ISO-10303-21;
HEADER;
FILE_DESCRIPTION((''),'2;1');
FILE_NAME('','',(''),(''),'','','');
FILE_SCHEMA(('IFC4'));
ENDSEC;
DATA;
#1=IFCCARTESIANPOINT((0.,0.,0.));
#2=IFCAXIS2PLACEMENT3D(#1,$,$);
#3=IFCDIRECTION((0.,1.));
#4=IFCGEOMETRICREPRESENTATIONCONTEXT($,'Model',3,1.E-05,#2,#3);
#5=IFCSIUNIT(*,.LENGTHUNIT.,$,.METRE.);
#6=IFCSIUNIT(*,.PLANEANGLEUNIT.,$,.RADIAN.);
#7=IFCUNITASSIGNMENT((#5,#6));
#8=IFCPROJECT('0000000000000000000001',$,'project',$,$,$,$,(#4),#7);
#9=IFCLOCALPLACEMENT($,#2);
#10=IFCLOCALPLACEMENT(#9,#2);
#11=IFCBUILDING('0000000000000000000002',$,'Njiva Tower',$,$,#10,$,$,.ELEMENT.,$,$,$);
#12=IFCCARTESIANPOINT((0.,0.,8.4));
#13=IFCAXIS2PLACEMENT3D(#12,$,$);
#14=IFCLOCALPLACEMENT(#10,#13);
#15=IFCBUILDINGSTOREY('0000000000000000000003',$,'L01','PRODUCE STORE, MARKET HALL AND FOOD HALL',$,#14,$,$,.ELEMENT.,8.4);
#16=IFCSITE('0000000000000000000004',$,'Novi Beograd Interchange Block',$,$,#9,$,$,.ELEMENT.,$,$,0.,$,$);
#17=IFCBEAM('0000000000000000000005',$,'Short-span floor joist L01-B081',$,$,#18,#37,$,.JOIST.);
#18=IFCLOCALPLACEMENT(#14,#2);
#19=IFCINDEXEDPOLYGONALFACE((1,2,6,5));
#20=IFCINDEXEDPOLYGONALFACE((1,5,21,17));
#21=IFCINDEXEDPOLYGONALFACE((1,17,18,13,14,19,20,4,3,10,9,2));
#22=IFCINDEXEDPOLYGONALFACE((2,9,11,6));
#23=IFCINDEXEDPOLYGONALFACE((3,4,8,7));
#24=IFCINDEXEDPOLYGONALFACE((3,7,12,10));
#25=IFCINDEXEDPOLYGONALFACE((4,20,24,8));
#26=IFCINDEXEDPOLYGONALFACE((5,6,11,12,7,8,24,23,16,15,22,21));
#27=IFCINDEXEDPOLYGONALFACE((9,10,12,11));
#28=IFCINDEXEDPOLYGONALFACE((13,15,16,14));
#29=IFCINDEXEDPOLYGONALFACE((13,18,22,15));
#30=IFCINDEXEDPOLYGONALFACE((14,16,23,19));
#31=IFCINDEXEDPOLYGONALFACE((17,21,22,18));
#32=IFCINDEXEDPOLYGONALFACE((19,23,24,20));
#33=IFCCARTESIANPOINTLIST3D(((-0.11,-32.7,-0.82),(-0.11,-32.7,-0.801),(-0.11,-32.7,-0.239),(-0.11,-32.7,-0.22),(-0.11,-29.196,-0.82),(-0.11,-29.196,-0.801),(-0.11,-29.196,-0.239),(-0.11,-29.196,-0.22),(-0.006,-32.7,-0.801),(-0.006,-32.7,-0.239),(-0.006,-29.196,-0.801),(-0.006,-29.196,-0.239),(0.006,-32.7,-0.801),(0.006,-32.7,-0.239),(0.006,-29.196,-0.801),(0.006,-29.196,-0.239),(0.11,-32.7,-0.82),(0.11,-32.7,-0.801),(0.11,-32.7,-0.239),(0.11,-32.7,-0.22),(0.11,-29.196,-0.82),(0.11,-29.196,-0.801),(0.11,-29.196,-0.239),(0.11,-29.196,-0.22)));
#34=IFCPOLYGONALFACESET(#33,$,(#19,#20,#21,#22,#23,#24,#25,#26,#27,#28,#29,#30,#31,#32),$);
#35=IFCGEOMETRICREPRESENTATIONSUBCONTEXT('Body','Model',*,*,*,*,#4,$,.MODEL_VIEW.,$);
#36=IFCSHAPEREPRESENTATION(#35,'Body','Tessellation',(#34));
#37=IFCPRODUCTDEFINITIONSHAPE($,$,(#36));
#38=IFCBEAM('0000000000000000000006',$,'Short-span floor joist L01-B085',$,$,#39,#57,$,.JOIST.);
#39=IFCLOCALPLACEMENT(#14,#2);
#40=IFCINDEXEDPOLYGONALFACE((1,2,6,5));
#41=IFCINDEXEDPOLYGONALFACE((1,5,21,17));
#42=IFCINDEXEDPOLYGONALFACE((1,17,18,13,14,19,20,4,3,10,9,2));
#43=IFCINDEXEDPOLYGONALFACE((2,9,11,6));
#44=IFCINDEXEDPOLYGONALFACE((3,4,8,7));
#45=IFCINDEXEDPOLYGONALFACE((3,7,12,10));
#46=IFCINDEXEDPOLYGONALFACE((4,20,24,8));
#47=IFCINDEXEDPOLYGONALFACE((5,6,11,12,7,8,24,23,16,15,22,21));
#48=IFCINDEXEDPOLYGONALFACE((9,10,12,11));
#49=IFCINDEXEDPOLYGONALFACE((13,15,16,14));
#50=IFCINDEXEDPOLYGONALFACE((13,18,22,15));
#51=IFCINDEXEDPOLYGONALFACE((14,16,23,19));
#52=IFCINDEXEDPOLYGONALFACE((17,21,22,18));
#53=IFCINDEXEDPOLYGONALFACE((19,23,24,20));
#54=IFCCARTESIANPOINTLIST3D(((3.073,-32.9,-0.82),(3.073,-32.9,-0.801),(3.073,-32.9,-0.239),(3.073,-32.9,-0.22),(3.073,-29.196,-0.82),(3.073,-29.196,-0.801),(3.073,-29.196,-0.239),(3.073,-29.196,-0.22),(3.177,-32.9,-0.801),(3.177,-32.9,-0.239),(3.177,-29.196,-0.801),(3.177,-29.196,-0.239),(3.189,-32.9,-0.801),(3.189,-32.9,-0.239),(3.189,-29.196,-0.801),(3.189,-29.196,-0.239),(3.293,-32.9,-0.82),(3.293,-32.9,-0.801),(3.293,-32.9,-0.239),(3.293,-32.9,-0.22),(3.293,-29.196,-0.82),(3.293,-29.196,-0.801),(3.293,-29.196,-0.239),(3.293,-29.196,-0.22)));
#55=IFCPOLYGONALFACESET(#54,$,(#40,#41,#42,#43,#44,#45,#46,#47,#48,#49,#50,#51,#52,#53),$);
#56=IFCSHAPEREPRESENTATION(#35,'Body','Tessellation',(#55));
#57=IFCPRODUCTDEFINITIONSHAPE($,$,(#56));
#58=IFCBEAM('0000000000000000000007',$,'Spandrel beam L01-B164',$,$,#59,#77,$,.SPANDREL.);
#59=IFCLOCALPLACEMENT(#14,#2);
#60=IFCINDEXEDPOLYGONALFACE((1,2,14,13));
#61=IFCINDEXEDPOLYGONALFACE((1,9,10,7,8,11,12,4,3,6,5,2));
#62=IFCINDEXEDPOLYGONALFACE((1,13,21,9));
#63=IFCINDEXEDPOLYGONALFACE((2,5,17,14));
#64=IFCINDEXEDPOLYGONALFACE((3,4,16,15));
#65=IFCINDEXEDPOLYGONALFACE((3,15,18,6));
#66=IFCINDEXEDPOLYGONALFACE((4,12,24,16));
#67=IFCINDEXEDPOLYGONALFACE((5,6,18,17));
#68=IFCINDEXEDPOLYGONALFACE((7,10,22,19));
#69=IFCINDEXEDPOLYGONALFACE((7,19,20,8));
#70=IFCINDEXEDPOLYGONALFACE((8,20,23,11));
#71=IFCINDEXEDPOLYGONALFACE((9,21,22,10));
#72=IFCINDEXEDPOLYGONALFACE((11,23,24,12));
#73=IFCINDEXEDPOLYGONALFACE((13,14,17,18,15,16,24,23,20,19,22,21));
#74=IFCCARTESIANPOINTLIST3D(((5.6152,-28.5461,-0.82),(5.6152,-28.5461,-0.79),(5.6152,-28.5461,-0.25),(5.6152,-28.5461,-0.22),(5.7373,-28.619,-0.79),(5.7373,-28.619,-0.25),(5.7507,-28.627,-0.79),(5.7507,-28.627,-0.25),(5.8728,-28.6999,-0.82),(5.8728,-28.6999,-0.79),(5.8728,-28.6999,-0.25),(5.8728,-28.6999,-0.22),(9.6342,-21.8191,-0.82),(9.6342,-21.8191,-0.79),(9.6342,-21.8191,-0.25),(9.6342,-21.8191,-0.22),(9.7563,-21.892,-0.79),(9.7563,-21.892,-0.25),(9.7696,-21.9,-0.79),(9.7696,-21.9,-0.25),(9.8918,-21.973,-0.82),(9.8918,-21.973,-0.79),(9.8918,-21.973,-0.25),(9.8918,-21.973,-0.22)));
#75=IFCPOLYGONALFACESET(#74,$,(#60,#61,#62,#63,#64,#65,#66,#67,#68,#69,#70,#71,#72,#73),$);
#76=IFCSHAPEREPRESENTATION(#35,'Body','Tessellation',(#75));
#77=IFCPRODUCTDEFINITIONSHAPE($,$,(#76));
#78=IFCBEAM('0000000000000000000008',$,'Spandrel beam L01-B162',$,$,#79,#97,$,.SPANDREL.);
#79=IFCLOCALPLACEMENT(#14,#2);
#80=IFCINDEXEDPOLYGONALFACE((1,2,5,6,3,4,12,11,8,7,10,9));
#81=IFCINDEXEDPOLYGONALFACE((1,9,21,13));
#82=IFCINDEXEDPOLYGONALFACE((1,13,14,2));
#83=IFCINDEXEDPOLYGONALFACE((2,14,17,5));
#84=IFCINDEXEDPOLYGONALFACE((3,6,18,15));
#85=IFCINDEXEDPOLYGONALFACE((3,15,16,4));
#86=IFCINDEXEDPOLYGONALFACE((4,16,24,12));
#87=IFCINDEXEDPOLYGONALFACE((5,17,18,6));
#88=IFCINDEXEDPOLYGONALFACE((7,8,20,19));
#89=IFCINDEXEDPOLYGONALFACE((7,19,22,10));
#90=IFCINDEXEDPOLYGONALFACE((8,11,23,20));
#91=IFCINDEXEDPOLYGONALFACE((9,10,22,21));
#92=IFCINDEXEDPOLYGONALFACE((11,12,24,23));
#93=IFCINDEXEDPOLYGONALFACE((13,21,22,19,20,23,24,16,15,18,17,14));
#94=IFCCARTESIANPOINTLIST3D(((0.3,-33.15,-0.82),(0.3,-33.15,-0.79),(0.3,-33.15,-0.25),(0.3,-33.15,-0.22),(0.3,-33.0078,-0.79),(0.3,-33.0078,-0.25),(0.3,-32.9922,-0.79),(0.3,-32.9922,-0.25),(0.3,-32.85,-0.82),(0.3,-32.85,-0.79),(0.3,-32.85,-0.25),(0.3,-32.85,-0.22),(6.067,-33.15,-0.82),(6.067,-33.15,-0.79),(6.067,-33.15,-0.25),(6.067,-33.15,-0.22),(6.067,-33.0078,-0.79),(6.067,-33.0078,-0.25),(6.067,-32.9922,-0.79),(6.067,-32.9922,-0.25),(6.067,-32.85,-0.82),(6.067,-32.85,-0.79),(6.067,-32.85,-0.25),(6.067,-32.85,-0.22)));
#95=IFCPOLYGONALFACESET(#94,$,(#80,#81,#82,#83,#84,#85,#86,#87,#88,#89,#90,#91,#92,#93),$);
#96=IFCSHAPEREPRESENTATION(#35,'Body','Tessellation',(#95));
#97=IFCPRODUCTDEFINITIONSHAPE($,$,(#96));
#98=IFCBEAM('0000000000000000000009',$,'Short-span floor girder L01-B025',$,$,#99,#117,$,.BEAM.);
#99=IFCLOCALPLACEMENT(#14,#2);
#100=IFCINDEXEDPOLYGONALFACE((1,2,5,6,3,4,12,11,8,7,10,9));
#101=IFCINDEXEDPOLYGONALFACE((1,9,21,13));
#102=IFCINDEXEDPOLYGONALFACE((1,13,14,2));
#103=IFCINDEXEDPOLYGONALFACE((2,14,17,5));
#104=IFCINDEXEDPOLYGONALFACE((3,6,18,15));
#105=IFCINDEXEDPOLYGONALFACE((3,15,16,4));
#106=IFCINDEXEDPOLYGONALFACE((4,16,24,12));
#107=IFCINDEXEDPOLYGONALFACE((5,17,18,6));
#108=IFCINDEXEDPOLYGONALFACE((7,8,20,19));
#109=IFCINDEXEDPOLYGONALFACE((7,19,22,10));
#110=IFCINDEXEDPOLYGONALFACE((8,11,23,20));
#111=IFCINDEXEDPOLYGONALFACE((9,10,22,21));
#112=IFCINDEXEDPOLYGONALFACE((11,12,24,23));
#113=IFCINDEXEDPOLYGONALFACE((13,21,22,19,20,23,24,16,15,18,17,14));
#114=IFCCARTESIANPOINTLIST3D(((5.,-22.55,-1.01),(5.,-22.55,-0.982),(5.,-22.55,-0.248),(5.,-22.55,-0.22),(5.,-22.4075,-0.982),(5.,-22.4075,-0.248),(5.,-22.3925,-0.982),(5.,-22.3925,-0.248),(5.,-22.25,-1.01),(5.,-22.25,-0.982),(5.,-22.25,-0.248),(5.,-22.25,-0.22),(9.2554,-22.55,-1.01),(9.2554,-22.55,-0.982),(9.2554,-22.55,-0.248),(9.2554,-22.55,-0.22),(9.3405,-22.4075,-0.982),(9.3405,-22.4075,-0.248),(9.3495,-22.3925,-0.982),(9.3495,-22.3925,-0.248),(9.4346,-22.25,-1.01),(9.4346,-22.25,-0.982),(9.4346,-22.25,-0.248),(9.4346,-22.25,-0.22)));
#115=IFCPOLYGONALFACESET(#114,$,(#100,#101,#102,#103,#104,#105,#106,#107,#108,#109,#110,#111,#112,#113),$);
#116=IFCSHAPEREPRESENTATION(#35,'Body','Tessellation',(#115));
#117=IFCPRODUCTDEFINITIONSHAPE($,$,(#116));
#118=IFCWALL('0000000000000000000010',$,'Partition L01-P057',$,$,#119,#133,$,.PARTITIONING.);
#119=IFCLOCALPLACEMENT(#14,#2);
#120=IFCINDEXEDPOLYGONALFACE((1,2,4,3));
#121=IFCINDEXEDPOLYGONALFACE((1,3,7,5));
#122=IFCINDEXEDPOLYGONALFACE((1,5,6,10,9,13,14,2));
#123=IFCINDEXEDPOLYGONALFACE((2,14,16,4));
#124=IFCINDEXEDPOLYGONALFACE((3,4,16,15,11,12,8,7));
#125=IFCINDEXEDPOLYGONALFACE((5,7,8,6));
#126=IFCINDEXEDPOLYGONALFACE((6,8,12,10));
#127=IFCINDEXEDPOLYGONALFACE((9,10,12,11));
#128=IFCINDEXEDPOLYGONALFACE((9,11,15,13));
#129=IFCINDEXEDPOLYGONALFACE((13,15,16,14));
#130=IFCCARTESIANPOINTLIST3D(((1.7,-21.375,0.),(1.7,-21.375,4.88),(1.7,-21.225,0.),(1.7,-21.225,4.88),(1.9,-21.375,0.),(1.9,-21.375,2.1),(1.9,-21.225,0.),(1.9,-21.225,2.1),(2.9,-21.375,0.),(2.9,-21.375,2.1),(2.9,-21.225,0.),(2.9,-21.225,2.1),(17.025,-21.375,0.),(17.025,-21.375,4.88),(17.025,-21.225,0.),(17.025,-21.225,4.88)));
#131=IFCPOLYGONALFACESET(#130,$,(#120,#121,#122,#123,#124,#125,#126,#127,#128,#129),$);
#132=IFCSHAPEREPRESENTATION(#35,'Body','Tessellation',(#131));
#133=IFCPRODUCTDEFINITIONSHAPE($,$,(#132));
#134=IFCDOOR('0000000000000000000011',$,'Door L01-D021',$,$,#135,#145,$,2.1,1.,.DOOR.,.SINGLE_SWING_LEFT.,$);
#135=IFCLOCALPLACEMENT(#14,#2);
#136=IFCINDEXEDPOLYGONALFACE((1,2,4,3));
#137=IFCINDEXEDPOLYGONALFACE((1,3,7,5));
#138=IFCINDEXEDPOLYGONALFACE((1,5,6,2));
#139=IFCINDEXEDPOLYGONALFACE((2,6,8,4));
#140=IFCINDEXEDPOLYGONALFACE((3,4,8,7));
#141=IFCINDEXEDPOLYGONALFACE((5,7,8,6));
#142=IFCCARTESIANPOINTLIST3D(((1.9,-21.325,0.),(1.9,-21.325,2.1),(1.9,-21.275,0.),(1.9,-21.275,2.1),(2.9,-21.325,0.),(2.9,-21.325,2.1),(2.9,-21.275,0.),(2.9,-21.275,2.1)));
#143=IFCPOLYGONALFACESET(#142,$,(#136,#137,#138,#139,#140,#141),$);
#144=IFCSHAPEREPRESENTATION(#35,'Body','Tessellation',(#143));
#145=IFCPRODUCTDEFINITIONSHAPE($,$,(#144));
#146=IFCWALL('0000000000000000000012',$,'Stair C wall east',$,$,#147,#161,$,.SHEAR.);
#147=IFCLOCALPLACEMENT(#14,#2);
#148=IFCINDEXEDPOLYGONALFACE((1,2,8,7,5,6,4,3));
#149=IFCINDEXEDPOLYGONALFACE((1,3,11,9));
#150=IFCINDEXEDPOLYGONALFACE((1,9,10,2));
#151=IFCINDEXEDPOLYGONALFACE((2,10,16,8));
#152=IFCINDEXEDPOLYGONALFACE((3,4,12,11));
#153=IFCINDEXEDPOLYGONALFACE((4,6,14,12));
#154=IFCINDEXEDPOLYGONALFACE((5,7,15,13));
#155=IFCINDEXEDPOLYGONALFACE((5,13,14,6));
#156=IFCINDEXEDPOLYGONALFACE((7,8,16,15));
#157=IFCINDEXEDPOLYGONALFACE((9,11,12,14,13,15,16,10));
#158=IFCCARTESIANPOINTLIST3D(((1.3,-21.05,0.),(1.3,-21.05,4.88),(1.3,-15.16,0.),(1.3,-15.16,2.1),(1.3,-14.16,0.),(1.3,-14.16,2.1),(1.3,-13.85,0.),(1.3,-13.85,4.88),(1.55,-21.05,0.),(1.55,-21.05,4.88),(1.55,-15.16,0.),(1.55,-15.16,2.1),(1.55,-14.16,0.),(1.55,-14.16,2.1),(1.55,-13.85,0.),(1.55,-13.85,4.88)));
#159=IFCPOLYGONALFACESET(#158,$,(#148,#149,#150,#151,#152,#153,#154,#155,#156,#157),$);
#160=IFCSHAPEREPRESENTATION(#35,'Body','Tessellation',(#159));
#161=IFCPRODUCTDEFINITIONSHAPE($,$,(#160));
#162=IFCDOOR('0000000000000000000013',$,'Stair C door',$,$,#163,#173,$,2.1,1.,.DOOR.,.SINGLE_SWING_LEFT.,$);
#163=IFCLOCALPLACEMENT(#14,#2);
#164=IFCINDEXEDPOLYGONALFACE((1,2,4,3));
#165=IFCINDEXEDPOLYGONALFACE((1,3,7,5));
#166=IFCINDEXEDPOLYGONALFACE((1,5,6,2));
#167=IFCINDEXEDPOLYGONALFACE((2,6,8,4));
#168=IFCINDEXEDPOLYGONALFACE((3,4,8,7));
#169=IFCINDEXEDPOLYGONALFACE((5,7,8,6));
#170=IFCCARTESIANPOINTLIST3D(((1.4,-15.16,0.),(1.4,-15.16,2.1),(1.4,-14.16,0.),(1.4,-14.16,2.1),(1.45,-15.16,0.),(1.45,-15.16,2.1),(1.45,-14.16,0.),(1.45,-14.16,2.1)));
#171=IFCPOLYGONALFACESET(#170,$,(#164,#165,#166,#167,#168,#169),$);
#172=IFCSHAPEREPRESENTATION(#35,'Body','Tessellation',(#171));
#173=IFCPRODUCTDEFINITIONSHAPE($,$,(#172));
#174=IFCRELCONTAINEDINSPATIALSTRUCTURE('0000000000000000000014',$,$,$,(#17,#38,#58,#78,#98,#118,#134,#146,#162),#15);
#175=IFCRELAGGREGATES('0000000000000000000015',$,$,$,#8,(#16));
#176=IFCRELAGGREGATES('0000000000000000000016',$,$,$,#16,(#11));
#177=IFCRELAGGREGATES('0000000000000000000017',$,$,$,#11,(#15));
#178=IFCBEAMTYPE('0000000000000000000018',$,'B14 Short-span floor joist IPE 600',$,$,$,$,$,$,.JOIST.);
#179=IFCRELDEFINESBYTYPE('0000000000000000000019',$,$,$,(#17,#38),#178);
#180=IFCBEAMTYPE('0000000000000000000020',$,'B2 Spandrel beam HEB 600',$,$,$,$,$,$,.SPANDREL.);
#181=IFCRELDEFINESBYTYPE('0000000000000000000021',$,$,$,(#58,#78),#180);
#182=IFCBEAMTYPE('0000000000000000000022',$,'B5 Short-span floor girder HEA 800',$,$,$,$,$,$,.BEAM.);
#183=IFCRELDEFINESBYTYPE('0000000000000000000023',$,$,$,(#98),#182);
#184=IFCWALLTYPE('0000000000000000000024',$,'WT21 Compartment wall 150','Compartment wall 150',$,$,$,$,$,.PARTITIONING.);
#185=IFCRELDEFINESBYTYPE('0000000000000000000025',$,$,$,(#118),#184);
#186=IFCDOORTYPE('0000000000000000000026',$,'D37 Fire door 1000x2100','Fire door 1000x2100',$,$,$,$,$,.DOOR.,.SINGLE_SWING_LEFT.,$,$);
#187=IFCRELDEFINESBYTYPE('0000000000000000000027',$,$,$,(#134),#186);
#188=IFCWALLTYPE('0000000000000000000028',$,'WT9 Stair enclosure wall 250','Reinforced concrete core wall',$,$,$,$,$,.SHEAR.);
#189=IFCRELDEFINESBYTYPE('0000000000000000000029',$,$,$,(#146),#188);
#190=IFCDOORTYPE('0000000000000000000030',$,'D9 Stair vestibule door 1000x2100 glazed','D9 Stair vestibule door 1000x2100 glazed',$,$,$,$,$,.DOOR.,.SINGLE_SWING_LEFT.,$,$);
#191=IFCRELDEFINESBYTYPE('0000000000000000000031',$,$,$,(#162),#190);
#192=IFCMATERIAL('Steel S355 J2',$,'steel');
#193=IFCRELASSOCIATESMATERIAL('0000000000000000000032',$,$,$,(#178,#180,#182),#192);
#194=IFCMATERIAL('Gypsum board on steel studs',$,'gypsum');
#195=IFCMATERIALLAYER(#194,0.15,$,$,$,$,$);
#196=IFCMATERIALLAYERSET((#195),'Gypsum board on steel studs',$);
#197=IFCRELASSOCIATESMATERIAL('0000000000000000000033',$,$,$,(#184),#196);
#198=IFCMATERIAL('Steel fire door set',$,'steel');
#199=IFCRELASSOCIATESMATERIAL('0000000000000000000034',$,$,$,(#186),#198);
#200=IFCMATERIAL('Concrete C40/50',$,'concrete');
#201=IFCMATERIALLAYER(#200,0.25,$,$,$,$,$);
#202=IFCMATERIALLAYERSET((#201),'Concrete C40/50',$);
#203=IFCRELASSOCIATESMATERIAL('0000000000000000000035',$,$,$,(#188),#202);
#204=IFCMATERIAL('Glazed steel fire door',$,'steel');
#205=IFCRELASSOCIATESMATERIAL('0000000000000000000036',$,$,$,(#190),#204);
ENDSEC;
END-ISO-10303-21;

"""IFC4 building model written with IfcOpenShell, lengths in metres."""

from ifc_helpers import new_model, si_unit, direction, frame, frame_2d, origin, origin_2d, place, context, subcontext, project, spatial, rectangle, i_section, extrude, clip, halfspace, material, layer, layer_set, material_profile, profile_set, type_object, element, fill, save


model = new_model("IFC4")

# Units and contexts
model_context = context("Model", 3, precision=1e-05, world=origin(), true_north=direction((0.0, 1.0)))
body_context = subcontext(model_context, "Body", "Model", "MODEL_VIEW")
ifc_project = project(units=[si_unit("LENGTHUNIT", "METRE"), si_unit("PLANEANGLEUNIT", "RADIAN")], contexts=[model_context])

# Site, building, storey
site_placement = place(None, origin())
site = spatial("IfcSite", under=ifc_project, at=site_placement, Name="Novi Beograd Interchange Block", CompositionType="ELEMENT", RefElevation=0.0)
building_placement = place(site_placement, origin())
building = spatial("IfcBuilding", under=site, at=building_placement, Name="Njiva Tower", CompositionType="ELEMENT")
storey_placement = place(building_placement, frame((0.0, 0.0, 8.4)))
storey = spatial("IfcBuildingStorey", under=building, at=storey_placement, Name="L01", Description="PRODUCE STORE, MARKET HALL AND FOOD HALL", CompositionType="ELEMENT", Elevation=8.4)

# Shared definitions
ifc_material_1 = material(Name="Steel S355 J2", Category="steel")

# Beams
ifc_material_profile_1 = material_profile(ifc_material_1, i_section(OverallWidth=0.22, OverallDepth=0.6, WebThickness=0.012, FlangeThickness=0.019, at=origin_2d()), Name="IPE 600")
ifc_profile_set_1 = profile_set([ifc_material_profile_1], Name="Steel S355 J2")
beam_type_1 = type_object("IfcBeamType", Name="B14 Short-span floor joist IPE 600", PredefinedType="JOIST", material=ifc_profile_set_1)
beam_1_placement = place(storey_placement, frame((0.0, -29.196, -0.52), z_axis=(0.0, -1.0, 0.0), x_axis=(1.0, 0.0, 0.0)))
element("IfcBeam", 1, at=beam_1_placement, inside=storey, type_object=beam_type_1, Name="Short-span floor joist L01-B081", PredefinedType="JOIST", context=body_context, shape_type="SweptSolid", body=[
    extrude(i_section(OverallWidth=0.22, OverallDepth=0.6, WebThickness=0.012, FlangeThickness=0.019, at=origin_2d()), origin(), (0.0, 0.0, 1.0), 3.504),
])
beam_2_placement = place(storey_placement, frame((3.183, -29.196, -0.52), z_axis=(0.0, -1.0, 0.0), x_axis=(1.0, 0.0, 0.0)))
element("IfcBeam", 2, at=beam_2_placement, inside=storey, type_object=beam_type_1, Name="Short-span floor joist L01-B085", PredefinedType="JOIST", context=body_context, shape_type="SweptSolid", body=[
    extrude(i_section(OverallWidth=0.22, OverallDepth=0.6, WebThickness=0.012, FlangeThickness=0.019, at=origin_2d()), origin(), (0.0, 0.0, 1.0), 3.704),
])
ifc_material_profile_2 = material_profile(ifc_material_1, i_section(OverallWidth=0.3, OverallDepth=0.6, WebThickness=0.0155, FlangeThickness=0.03, at=origin_2d()), Name="HEB 600")
ifc_profile_set_2 = profile_set([ifc_material_profile_2], Name="Steel S355 J2")
beam_type_2 = type_object("IfcBeamType", Name="B2 Spandrel beam HEB 600", PredefinedType="SPANDREL", material=ifc_profile_set_2)
beam_3_placement = place(storey_placement, frame((5.744, -28.623, -0.52), z_axis=(0.512881, 0.85846, 0.0), x_axis=(-0.85846, 0.512881, 0.0)))
element("IfcBeam", 3, at=beam_3_placement, inside=storey, type_object=beam_type_2, Name="Spandrel beam L01-B164", PredefinedType="SPANDREL", context=body_context, shape_type="SweptSolid", body=[
    extrude(i_section(OverallWidth=0.3, OverallDepth=0.6, WebThickness=0.0155, FlangeThickness=0.03, at=origin_2d()), origin(), (0.0, 0.0, 1.0), 7.8361),
])
beam_4_placement = place(storey_placement, frame((0.3, -33.0, -0.52), z_axis=(1.0, 0.0, 0.0), x_axis=(0.0, 1.0, 0.0)))
element("IfcBeam", 4, at=beam_4_placement, inside=storey, type_object=beam_type_2, Name="Spandrel beam L01-B162", PredefinedType="SPANDREL", context=body_context, shape_type="SweptSolid", body=[
    extrude(i_section(OverallWidth=0.3, OverallDepth=0.6, WebThickness=0.0155, FlangeThickness=0.03, at=origin_2d()), origin(), (0.0, 0.0, 1.0), 5.767),
])
ifc_material_profile_3 = material_profile(ifc_material_1, i_section(OverallWidth=0.3, OverallDepth=0.79, WebThickness=0.015, FlangeThickness=0.028, at=origin_2d()), Name="HEA 800")
ifc_profile_set_3 = profile_set([ifc_material_profile_3], Name="Steel S355 J2")
beam_type_3 = type_object("IfcBeamType", Name="B5 Short-span floor girder HEA 800", PredefinedType="BEAM", material=ifc_profile_set_3)
beam_5_placement = place(storey_placement, frame((5.0, -22.4, -0.615), z_axis=(1.0, 0.0, 0.0), x_axis=(0.0, 1.0, 0.0)))
element("IfcBeam", 5, at=beam_5_placement, inside=storey, type_object=beam_type_3, Name="Short-span floor girder L01-B025", PredefinedType="BEAM", context=body_context, shape_type="Clipping", body=[
    clip(extrude(i_section(OverallWidth=0.3, OverallDepth=0.79, WebThickness=0.015, FlangeThickness=0.028, at=origin_2d()), origin(), (0.0, 0.0, 1.0), 4.455), halfspace(frame((-0.0256, 0.0, 4.3297), z_axis=(-0.512842, 0.0, 0.858483), x_axis=(0.0, 1.0, 0.0)), False)),
])

# Walls, openings, doors
ifc_material_2 = material(Name="Gypsum board on steel studs", Category="gypsum")
ifc_layer_1 = layer(ifc_material_2, 0.15)
ifc_layer_set_1 = layer_set([ifc_layer_1], Name="Gypsum board on steel studs")
wall_type_1 = type_object("IfcWallType", Name="WT21 Compartment wall 150", Description="Compartment wall 150", PredefinedType="PARTITIONING", material=ifc_layer_set_1)
wall_1_placement = place(storey_placement, frame((1.7, -21.3, 0.0), z_axis=(0.0, 0.0, 1.0), x_axis=(1.0, 0.0, 0.0)))
wall_1 = element("IfcWall", 6, at=wall_1_placement, inside=storey, type_object=wall_type_1, Name="Partition L01-P057", PredefinedType="PARTITIONING", context=body_context, shape_type="SweptSolid", body=[
    extrude(rectangle(XDim=15.325, YDim=0.15, at=frame_2d((7.6625, 0.0))), origin(), (0.0, 0.0, 1.0), 4.88),
])
opening_1_placement = place(wall_1_placement, frame((0.2, 0.0, 0.0)))
opening_1 = element("IfcOpeningElement", 7, at=opening_1_placement, cuts=wall_1, PredefinedType="OPENING", context=body_context, shape_type="SweptSolid", body=[
    extrude(rectangle(XDim=1.0, YDim=2.1, at=frame_2d((0.5, 1.05))), frame((0.0, 0.085, 0.0), z_axis=(0.0, -1.0, 0.0), x_axis=(1.0, 0.0, 0.0)), (0.0, 0.0, 1.0), 0.17),
])
ifc_material_3 = material(Name="Steel fire door set", Category="steel")
door_type_1 = type_object("IfcDoorType", Name="D37 Fire door 1000x2100", Description="Fire door 1000x2100", OperationType="SINGLE_SWING_LEFT", PredefinedType="DOOR", material=ifc_material_3)
door_1_placement = place(opening_1_placement, origin())
door_1 = element("IfcDoor", 8, at=door_1_placement, inside=storey, type_object=door_type_1, Name="Door L01-D021", OperationType="SINGLE_SWING_LEFT", OverallHeight=2.1, OverallWidth=1.0, PredefinedType="DOOR", context=body_context, shape_type="SweptSolid", body=[
    extrude(rectangle(XDim=1.0, YDim=2.1, at=frame_2d((0.5, 1.05))), frame((0.0, 0.025, 0.0), z_axis=(0.0, -1.0, 0.0), x_axis=(1.0, 0.0, 0.0)), (0.0, 0.0, 1.0), 0.05),
])
fill(opening_1, door_1)
ifc_material_4 = material(Name="Concrete C40/50", Category="concrete")
ifc_layer_2 = layer(ifc_material_4, 0.25)
ifc_layer_set_2 = layer_set([ifc_layer_2], Name="Concrete C40/50")
wall_type_2 = type_object("IfcWallType", Name="WT9 Stair enclosure wall 250", Description="Reinforced concrete core wall", PredefinedType="SHEAR", material=ifc_layer_set_2)
wall_2_placement = place(storey_placement, frame((1.425, -21.05, 0.0), z_axis=(0.0, 0.0, 1.0), x_axis=(0.0, 1.0, 0.0)))
wall_2 = element("IfcWall", 9, at=wall_2_placement, inside=storey, type_object=wall_type_2, Name="Stair C wall east", PredefinedType="SHEAR", context=body_context, shape_type="SweptSolid", body=[
    extrude(rectangle(XDim=7.2, YDim=0.25, at=frame_2d((3.6, 0.0))), origin(), (0.0, 0.0, 1.0), 4.88),
])
opening_2_placement = place(wall_2_placement, frame((5.89, 0.0, 0.0)))
opening_2 = element("IfcOpeningElement", 10, at=opening_2_placement, cuts=wall_2, PredefinedType="OPENING", context=body_context, shape_type="SweptSolid", body=[
    extrude(rectangle(XDim=1.0, YDim=2.1, at=frame_2d((0.5, 1.05))), frame((0.0, 0.135, 0.0), z_axis=(0.0, -1.0, 0.0), x_axis=(1.0, 0.0, 0.0)), (0.0, 0.0, 1.0), 0.27),
])
ifc_material_5 = material(Name="Glazed steel fire door", Category="steel")
door_type_2 = type_object("IfcDoorType", Name="D9 Stair vestibule door 1000x2100 glazed", Description="D9 Stair vestibule door 1000x2100 glazed", OperationType="SINGLE_SWING_LEFT", PredefinedType="DOOR", material=ifc_material_5)
door_2_placement = place(opening_2_placement, origin())
door_2 = element("IfcDoor", 11, at=door_2_placement, inside=storey, type_object=door_type_2, Name="Stair C door", OperationType="SINGLE_SWING_LEFT", OverallHeight=2.1, OverallWidth=1.0, PredefinedType="DOOR", context=body_context, shape_type="SweptSolid", body=[
    extrude(rectangle(XDim=1.0, YDim=2.1, at=frame_2d((0.5, 1.05))), frame((0.0, 0.025, 0.0), z_axis=(0.0, -1.0, 0.0), x_axis=(1.0, 0.0, 0.0)), (0.0, 0.0, 1.0), 0.05),
])
fill(opening_2, door_2)

save(model, "model.ifc")
